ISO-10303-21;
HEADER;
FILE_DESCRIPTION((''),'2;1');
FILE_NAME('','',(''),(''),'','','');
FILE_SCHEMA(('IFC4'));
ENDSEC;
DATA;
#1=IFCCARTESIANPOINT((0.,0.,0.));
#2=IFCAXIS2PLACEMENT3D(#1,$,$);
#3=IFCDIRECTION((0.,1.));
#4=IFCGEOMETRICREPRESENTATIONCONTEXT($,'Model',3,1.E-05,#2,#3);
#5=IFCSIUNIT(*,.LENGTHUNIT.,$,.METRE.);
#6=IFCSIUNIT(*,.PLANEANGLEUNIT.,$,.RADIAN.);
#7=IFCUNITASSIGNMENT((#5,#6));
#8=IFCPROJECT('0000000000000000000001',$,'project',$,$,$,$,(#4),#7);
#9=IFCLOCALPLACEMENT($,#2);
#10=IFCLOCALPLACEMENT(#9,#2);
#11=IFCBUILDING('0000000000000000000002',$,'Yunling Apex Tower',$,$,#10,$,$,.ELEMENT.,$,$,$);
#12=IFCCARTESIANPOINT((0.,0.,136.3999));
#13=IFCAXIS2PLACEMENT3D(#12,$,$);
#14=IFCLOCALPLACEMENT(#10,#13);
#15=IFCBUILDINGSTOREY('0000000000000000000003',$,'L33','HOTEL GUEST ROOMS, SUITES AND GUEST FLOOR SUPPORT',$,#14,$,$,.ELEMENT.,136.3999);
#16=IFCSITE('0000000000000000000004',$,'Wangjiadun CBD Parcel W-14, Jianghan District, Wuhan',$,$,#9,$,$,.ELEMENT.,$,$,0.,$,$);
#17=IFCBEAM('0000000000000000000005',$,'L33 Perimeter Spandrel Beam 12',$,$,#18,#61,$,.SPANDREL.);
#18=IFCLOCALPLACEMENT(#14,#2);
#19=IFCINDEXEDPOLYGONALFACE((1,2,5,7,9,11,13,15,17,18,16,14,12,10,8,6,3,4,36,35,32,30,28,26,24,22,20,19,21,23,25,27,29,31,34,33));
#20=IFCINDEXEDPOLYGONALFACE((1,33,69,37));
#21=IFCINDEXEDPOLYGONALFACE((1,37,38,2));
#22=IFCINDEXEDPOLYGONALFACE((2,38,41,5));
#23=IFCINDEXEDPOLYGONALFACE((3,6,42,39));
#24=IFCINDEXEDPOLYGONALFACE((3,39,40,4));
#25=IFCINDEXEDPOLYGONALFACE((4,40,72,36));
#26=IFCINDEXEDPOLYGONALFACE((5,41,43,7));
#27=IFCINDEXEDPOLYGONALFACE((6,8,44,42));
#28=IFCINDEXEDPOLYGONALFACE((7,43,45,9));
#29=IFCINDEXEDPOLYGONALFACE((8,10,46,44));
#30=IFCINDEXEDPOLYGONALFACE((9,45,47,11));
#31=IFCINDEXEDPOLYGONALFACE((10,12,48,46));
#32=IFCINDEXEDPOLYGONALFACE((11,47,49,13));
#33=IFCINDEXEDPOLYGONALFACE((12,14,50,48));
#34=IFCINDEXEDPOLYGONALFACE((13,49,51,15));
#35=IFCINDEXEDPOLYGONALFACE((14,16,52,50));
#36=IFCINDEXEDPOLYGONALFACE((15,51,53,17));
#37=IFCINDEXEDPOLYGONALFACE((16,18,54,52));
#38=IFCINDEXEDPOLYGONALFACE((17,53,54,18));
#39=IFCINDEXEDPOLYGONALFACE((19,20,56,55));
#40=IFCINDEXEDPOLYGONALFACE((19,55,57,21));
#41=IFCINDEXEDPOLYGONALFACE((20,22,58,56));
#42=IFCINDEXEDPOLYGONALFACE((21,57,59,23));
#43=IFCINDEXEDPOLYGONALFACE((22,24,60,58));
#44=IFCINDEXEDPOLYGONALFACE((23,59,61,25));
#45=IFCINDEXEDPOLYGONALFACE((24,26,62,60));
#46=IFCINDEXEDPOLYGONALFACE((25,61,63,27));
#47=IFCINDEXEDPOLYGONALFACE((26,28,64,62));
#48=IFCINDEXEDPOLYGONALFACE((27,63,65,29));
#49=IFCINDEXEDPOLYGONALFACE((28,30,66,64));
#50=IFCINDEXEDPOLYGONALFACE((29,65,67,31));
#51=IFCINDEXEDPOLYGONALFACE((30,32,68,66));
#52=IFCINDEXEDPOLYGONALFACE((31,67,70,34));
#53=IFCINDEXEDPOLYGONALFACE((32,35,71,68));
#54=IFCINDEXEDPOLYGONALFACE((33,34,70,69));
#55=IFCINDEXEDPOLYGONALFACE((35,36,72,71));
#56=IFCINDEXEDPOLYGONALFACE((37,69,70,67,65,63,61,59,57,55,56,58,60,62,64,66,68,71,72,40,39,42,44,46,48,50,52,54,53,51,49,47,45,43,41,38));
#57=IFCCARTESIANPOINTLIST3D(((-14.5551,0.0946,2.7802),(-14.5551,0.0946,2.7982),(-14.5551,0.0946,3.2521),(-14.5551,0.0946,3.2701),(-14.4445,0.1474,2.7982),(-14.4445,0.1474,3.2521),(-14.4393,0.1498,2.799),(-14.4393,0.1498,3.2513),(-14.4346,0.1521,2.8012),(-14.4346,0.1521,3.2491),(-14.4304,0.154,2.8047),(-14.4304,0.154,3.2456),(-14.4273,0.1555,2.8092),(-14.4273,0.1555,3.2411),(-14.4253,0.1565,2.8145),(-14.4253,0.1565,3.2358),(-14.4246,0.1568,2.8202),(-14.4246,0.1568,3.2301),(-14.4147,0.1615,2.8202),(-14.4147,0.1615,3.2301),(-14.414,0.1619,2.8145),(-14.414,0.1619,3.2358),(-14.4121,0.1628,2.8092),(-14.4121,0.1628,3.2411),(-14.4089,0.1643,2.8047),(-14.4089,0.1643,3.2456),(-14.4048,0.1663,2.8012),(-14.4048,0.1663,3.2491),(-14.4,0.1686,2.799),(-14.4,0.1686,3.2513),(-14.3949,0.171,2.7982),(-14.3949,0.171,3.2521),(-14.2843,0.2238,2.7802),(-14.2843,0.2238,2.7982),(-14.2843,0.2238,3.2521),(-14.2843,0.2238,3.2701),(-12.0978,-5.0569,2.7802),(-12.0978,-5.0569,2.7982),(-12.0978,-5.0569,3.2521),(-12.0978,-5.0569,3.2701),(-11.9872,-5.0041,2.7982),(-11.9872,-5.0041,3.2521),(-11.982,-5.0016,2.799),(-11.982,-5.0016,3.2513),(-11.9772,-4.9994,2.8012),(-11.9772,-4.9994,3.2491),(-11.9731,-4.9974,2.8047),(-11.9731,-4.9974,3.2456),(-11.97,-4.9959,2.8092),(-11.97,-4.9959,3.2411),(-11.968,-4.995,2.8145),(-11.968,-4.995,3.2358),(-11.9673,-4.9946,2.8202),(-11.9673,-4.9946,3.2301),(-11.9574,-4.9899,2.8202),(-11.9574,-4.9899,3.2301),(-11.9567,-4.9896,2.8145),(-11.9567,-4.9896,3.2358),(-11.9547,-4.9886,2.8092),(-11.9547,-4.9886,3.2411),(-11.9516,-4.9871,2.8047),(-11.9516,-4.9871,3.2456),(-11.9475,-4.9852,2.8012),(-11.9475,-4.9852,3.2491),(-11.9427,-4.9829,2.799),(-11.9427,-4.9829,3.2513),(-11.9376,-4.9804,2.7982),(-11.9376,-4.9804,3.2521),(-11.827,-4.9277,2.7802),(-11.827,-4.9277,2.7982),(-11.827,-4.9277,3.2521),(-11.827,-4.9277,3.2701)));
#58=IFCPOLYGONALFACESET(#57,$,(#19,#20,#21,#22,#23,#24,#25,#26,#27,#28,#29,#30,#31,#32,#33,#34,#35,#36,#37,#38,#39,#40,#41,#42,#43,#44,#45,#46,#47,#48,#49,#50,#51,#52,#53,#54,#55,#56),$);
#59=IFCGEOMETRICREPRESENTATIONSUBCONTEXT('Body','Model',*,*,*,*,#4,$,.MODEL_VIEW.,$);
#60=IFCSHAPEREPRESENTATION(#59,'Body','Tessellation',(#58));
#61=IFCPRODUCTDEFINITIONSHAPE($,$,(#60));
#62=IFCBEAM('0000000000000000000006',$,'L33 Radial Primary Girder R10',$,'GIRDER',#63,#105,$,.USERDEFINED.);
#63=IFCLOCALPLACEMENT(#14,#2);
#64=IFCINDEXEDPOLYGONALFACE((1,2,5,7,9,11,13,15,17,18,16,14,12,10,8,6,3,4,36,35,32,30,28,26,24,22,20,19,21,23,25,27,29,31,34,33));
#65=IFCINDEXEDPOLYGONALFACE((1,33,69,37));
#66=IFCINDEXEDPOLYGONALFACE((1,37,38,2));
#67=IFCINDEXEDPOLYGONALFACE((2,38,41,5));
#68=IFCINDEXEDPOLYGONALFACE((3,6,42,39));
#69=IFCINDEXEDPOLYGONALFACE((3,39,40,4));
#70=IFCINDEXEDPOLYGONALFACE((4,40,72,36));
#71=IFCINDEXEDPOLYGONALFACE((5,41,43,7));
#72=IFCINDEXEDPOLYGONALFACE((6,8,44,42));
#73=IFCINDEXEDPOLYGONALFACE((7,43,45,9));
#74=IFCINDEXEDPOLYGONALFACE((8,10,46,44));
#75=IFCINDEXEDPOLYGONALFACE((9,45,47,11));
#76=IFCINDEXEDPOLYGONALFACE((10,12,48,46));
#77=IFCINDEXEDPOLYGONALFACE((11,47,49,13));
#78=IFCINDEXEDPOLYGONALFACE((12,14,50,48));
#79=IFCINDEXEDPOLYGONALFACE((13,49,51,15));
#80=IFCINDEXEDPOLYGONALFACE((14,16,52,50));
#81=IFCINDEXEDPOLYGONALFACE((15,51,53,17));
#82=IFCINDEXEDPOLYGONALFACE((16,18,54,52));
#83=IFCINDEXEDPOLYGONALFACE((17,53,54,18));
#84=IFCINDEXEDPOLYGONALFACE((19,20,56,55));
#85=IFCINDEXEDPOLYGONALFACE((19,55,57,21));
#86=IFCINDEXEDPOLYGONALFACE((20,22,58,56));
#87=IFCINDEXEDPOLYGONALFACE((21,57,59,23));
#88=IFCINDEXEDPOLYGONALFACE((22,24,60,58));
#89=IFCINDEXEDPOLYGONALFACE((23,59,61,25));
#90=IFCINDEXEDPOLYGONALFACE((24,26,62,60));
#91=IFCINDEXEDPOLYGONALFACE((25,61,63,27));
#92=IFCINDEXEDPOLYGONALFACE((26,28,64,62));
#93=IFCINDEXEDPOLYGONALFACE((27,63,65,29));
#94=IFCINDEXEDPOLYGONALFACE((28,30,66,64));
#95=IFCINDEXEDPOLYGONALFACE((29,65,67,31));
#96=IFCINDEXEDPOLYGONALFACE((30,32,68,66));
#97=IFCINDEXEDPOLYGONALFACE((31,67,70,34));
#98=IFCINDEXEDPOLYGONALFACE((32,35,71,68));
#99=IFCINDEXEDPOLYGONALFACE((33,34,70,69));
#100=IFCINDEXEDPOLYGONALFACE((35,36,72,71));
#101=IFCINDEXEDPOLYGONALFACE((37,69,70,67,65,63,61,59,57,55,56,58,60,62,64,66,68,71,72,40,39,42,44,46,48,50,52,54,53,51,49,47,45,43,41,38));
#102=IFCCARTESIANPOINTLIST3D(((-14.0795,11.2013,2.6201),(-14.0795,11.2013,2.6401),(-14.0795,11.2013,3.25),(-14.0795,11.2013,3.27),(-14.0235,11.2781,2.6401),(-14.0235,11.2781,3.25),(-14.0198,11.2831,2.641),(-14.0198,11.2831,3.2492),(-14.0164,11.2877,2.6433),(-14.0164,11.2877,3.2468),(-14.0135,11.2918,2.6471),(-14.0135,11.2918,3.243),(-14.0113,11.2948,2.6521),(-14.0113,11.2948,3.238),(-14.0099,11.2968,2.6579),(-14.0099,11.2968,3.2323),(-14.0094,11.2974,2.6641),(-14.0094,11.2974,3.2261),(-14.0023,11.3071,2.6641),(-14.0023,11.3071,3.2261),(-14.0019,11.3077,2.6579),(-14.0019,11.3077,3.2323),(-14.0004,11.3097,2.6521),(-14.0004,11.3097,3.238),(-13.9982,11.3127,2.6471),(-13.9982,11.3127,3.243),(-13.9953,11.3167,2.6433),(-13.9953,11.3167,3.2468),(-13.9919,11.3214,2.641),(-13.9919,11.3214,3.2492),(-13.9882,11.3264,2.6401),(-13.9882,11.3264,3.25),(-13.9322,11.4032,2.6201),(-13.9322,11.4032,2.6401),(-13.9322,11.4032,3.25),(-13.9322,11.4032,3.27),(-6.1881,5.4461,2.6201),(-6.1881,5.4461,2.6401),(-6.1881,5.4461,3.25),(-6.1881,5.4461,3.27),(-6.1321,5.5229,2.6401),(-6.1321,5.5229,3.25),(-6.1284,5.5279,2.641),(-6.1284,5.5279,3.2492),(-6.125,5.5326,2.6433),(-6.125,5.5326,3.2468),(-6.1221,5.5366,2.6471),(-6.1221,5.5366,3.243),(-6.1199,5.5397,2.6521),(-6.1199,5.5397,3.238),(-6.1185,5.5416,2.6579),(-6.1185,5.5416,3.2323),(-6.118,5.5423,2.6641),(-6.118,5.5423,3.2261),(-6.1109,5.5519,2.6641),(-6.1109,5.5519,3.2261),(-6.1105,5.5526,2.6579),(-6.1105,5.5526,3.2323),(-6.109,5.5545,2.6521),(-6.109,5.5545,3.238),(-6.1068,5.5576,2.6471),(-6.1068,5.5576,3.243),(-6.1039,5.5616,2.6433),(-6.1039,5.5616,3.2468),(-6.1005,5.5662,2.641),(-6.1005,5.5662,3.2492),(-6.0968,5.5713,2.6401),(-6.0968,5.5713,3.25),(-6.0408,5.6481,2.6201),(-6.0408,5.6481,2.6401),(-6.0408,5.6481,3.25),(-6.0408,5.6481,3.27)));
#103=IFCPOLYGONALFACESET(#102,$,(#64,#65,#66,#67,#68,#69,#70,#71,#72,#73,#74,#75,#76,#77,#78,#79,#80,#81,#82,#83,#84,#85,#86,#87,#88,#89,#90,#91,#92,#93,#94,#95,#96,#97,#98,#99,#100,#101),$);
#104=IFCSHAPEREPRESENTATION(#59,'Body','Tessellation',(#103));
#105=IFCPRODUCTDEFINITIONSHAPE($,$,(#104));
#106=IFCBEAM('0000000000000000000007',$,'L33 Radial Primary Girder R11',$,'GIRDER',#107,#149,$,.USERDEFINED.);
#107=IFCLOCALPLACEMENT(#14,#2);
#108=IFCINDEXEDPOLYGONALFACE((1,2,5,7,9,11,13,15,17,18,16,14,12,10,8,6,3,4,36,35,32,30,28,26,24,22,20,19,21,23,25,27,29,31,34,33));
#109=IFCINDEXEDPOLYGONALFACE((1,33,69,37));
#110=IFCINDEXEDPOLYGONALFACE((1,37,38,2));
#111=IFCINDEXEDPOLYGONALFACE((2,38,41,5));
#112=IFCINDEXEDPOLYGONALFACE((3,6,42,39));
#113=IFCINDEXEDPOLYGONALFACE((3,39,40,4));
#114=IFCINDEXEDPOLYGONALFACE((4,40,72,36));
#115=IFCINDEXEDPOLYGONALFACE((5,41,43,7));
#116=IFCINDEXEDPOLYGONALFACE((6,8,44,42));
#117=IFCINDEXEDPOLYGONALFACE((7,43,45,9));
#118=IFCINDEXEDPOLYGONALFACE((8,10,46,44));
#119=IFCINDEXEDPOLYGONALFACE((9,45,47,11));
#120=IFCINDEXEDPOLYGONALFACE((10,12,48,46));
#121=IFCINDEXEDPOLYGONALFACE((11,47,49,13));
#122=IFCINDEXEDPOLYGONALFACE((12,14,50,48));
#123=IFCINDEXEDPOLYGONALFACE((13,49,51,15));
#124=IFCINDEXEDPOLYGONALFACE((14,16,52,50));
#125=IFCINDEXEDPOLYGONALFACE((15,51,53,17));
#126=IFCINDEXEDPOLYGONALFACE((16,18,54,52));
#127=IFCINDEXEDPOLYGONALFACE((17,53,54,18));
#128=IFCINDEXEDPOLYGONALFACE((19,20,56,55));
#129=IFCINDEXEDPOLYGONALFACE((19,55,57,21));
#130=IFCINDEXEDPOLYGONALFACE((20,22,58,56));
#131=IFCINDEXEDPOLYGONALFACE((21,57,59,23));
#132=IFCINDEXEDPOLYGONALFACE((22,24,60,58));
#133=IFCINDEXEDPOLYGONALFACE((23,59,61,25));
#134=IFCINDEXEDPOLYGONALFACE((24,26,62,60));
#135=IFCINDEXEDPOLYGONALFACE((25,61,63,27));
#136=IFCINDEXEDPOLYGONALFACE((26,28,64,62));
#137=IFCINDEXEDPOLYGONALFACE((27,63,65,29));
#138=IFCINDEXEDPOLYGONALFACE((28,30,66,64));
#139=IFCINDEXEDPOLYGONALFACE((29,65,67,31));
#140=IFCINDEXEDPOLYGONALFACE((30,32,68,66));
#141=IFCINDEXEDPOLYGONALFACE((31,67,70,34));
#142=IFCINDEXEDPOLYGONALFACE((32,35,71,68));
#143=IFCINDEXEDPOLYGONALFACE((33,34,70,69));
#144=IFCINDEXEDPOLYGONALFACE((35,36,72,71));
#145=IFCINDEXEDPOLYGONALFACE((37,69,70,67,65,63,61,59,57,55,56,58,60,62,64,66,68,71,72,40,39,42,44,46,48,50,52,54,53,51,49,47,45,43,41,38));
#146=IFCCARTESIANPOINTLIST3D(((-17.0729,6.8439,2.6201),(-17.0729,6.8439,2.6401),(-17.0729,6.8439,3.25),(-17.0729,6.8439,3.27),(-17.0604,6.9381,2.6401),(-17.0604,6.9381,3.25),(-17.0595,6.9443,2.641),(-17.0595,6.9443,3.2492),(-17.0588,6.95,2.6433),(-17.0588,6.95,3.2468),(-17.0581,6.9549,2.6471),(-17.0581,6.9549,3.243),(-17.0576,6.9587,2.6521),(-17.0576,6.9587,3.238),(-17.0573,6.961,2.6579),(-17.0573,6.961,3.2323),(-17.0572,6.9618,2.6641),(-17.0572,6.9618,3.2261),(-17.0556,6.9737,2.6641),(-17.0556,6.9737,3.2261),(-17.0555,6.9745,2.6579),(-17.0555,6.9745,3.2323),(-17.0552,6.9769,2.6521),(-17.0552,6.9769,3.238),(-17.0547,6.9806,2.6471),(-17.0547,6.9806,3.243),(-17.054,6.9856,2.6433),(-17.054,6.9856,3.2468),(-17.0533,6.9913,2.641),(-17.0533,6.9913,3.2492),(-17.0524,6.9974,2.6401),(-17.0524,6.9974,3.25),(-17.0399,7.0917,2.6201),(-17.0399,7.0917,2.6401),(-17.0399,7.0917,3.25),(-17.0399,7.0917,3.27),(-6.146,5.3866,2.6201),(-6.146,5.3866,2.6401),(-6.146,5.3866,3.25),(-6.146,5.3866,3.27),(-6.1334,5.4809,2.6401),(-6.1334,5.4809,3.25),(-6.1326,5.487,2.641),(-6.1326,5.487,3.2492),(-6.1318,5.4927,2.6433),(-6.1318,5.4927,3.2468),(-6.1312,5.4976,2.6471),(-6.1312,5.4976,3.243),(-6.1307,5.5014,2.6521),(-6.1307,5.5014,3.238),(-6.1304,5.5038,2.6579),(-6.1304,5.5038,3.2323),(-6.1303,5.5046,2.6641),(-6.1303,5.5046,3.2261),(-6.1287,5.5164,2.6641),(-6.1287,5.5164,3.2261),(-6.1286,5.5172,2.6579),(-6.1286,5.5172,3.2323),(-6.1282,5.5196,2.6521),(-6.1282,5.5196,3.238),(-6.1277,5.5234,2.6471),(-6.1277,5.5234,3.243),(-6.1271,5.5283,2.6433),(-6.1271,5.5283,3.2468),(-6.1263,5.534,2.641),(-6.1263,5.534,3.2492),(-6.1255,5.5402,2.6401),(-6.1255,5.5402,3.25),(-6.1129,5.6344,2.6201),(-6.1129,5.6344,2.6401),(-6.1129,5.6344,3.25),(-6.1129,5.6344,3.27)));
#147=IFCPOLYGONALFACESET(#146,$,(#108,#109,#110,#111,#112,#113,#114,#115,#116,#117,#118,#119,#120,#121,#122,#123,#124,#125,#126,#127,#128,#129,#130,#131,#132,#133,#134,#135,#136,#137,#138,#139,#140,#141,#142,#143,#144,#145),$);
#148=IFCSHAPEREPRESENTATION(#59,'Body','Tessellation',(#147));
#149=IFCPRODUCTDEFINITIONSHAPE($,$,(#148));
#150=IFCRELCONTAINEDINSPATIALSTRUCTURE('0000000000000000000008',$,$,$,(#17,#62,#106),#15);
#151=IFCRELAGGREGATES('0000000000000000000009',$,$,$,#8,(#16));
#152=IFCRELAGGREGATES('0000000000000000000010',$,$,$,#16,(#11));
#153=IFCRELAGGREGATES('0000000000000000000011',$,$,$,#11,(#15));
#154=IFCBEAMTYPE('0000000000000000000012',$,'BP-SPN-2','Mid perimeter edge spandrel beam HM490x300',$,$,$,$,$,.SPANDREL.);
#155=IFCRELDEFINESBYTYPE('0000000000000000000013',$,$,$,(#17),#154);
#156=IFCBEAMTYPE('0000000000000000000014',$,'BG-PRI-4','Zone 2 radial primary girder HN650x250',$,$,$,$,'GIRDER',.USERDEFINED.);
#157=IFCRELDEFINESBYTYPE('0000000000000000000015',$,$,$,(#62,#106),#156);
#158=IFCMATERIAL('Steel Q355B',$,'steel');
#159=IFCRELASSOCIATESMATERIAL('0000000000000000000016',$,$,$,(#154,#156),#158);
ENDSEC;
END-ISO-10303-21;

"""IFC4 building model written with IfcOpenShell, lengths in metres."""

from ifc_helpers import new_model, si_unit, direction, frame, origin, origin_2d, place, context, subcontext, project, spatial, i_section, extrude, source, transform, mapped, material, material_profile, profile_set, type_object, element, save


model = new_model("IFC4")

# Units and contexts
model_context = context("Model", 3, precision=1e-05, world=origin(), true_north=direction((0.0, 1.0)))
body_context = subcontext(model_context, "Body", "Model", "MODEL_VIEW")
ifc_project = project(units=[si_unit("LENGTHUNIT", "METRE"), si_unit("PLANEANGLEUNIT", "RADIAN")], contexts=[model_context])

# Site, building, storey
site_placement = place(None, origin())
site = spatial("IfcSite", under=ifc_project, at=site_placement, Name="Wangjiadun CBD Parcel W-14, Jianghan District, Wuhan", CompositionType="ELEMENT", RefElevation=0.0)
building_placement = place(site_placement, origin())
building = spatial("IfcBuilding", under=site, at=building_placement, Name="Yunling Apex Tower", CompositionType="ELEMENT")
storey_placement = place(building_placement, frame((0.0, 0.0, 136.3999)))
storey = spatial("IfcBuildingStorey", under=building, at=storey_placement, Name="L33", Description="HOTEL GUEST ROOMS, SUITES AND GUEST FLOOR SUPPORT", CompositionType="ELEMENT", Elevation=136.3999)

# Beams
ifc_material_1 = material(Name="Steel Q355B", Category="steel")
ifc_material_profile_1 = material_profile(ifc_material_1, i_section(OverallWidth=0.3, OverallDepth=0.49, WebThickness=0.011, FlangeThickness=0.0181, FilletRadius=0.022, at=origin_2d()))
ifc_profile_set_1 = profile_set([ifc_material_profile_1], Name="Steel Q355B")
beam_type_1 = type_object("IfcBeamType", Name="BP-SPN-2", Description="Mid perimeter edge spandrel beam HM490x300", PredefinedType="SPANDREL", material=ifc_profile_set_1)
shared_shape_1 = source(origin(), body_context, "Body", "SweptSolid", [
    extrude(i_section(OverallWidth=0.3, OverallDepth=0.49, WebThickness=0.011, FlangeThickness=0.0181, FilletRadius=0.022, at=origin_2d()), origin(), (0.0, 0.0, 1.0), 5.7075),
])
for number, where, z_axis, x_axis, name in (
    (1, (-14.4197, 0.1592, 3.0251), (0.43054, -0.902572, 0.0), (0.902572, 0.43054, 0.0), "L33 Perimeter Spandrel Beam 12"),
):
    element("IfcBeam", number, at=place(storey_placement, frame(where, z_axis=z_axis, x_axis=x_axis)), inside=storey, type_object=beam_type_1, Name=name, PredefinedType="SPANDREL", context=body_context, shape_type="MappedRepresentation", body=[
        mapped(shared_shape_1, transform((0.0, 0.0, 0.0), scale=1.0)),
    ])
ifc_material_profile_2 = material_profile(ifc_material_1, i_section(OverallWidth=0.25, OverallDepth=0.6499, WebThickness=0.012, FlangeThickness=0.02, FilletRadius=0.0239, at=origin_2d()))
ifc_profile_set_2 = profile_set([ifc_material_profile_2], Name="Steel Q355B")
beam_type_2 = type_object("IfcBeamType", Name="BG-PRI-4", Description="Zone 2 radial primary girder HN650x250", ElementType="GIRDER", PredefinedType="USERDEFINED", material=ifc_profile_set_2)
shared_shape_2 = source(origin(), body_context, "Body", "SweptSolid", [
    extrude(i_section(OverallWidth=0.25, OverallDepth=0.6499, WebThickness=0.012, FlangeThickness=0.02, FilletRadius=0.0239, at=origin_2d()), origin(), (0.0, 0.0, 1.0), 9.7671),
])
beam_1_placement = place(storey_placement, frame((-14.0059, 11.3022, 2.9451), z_axis=(0.807958, -0.58924, 0.0), x_axis=(0.58924, 0.807958, 0.0)))
element("IfcBeam", 2, at=beam_1_placement, inside=storey, type_object=beam_type_2, Name="L33 Radial Primary Girder R10", ObjectType="GIRDER", PredefinedType="USERDEFINED", context=body_context, shape_type="MappedRepresentation", body=[
    mapped(shared_shape_2, transform((0.0, 0.0, 0.0), scale=1.0)),
])
shared_shape_3 = source(origin(), body_context, "Body", "SweptSolid", [
    extrude(i_section(OverallWidth=0.25, OverallDepth=0.6499, WebThickness=0.012, FlangeThickness=0.02, FilletRadius=0.0239, at=origin_2d()), origin(), (0.0, 0.0, 1.0), 11.0237),
])
beam_2_placement = place(storey_placement, frame((-17.0564, 6.9678, 2.9451), z_axis=(0.991224, -0.132194, 0.0), x_axis=(0.132194, 0.991224, 0.0)))
element("IfcBeam", 3, at=beam_2_placement, inside=storey, type_object=beam_type_2, Name="L33 Radial Primary Girder R11", ObjectType="GIRDER", PredefinedType="USERDEFINED", context=body_context, shape_type="MappedRepresentation", body=[
    mapped(shared_shape_3, transform((0.0, 0.0, 0.0), scale=1.0)),
])

save(model, "model.ifc")
